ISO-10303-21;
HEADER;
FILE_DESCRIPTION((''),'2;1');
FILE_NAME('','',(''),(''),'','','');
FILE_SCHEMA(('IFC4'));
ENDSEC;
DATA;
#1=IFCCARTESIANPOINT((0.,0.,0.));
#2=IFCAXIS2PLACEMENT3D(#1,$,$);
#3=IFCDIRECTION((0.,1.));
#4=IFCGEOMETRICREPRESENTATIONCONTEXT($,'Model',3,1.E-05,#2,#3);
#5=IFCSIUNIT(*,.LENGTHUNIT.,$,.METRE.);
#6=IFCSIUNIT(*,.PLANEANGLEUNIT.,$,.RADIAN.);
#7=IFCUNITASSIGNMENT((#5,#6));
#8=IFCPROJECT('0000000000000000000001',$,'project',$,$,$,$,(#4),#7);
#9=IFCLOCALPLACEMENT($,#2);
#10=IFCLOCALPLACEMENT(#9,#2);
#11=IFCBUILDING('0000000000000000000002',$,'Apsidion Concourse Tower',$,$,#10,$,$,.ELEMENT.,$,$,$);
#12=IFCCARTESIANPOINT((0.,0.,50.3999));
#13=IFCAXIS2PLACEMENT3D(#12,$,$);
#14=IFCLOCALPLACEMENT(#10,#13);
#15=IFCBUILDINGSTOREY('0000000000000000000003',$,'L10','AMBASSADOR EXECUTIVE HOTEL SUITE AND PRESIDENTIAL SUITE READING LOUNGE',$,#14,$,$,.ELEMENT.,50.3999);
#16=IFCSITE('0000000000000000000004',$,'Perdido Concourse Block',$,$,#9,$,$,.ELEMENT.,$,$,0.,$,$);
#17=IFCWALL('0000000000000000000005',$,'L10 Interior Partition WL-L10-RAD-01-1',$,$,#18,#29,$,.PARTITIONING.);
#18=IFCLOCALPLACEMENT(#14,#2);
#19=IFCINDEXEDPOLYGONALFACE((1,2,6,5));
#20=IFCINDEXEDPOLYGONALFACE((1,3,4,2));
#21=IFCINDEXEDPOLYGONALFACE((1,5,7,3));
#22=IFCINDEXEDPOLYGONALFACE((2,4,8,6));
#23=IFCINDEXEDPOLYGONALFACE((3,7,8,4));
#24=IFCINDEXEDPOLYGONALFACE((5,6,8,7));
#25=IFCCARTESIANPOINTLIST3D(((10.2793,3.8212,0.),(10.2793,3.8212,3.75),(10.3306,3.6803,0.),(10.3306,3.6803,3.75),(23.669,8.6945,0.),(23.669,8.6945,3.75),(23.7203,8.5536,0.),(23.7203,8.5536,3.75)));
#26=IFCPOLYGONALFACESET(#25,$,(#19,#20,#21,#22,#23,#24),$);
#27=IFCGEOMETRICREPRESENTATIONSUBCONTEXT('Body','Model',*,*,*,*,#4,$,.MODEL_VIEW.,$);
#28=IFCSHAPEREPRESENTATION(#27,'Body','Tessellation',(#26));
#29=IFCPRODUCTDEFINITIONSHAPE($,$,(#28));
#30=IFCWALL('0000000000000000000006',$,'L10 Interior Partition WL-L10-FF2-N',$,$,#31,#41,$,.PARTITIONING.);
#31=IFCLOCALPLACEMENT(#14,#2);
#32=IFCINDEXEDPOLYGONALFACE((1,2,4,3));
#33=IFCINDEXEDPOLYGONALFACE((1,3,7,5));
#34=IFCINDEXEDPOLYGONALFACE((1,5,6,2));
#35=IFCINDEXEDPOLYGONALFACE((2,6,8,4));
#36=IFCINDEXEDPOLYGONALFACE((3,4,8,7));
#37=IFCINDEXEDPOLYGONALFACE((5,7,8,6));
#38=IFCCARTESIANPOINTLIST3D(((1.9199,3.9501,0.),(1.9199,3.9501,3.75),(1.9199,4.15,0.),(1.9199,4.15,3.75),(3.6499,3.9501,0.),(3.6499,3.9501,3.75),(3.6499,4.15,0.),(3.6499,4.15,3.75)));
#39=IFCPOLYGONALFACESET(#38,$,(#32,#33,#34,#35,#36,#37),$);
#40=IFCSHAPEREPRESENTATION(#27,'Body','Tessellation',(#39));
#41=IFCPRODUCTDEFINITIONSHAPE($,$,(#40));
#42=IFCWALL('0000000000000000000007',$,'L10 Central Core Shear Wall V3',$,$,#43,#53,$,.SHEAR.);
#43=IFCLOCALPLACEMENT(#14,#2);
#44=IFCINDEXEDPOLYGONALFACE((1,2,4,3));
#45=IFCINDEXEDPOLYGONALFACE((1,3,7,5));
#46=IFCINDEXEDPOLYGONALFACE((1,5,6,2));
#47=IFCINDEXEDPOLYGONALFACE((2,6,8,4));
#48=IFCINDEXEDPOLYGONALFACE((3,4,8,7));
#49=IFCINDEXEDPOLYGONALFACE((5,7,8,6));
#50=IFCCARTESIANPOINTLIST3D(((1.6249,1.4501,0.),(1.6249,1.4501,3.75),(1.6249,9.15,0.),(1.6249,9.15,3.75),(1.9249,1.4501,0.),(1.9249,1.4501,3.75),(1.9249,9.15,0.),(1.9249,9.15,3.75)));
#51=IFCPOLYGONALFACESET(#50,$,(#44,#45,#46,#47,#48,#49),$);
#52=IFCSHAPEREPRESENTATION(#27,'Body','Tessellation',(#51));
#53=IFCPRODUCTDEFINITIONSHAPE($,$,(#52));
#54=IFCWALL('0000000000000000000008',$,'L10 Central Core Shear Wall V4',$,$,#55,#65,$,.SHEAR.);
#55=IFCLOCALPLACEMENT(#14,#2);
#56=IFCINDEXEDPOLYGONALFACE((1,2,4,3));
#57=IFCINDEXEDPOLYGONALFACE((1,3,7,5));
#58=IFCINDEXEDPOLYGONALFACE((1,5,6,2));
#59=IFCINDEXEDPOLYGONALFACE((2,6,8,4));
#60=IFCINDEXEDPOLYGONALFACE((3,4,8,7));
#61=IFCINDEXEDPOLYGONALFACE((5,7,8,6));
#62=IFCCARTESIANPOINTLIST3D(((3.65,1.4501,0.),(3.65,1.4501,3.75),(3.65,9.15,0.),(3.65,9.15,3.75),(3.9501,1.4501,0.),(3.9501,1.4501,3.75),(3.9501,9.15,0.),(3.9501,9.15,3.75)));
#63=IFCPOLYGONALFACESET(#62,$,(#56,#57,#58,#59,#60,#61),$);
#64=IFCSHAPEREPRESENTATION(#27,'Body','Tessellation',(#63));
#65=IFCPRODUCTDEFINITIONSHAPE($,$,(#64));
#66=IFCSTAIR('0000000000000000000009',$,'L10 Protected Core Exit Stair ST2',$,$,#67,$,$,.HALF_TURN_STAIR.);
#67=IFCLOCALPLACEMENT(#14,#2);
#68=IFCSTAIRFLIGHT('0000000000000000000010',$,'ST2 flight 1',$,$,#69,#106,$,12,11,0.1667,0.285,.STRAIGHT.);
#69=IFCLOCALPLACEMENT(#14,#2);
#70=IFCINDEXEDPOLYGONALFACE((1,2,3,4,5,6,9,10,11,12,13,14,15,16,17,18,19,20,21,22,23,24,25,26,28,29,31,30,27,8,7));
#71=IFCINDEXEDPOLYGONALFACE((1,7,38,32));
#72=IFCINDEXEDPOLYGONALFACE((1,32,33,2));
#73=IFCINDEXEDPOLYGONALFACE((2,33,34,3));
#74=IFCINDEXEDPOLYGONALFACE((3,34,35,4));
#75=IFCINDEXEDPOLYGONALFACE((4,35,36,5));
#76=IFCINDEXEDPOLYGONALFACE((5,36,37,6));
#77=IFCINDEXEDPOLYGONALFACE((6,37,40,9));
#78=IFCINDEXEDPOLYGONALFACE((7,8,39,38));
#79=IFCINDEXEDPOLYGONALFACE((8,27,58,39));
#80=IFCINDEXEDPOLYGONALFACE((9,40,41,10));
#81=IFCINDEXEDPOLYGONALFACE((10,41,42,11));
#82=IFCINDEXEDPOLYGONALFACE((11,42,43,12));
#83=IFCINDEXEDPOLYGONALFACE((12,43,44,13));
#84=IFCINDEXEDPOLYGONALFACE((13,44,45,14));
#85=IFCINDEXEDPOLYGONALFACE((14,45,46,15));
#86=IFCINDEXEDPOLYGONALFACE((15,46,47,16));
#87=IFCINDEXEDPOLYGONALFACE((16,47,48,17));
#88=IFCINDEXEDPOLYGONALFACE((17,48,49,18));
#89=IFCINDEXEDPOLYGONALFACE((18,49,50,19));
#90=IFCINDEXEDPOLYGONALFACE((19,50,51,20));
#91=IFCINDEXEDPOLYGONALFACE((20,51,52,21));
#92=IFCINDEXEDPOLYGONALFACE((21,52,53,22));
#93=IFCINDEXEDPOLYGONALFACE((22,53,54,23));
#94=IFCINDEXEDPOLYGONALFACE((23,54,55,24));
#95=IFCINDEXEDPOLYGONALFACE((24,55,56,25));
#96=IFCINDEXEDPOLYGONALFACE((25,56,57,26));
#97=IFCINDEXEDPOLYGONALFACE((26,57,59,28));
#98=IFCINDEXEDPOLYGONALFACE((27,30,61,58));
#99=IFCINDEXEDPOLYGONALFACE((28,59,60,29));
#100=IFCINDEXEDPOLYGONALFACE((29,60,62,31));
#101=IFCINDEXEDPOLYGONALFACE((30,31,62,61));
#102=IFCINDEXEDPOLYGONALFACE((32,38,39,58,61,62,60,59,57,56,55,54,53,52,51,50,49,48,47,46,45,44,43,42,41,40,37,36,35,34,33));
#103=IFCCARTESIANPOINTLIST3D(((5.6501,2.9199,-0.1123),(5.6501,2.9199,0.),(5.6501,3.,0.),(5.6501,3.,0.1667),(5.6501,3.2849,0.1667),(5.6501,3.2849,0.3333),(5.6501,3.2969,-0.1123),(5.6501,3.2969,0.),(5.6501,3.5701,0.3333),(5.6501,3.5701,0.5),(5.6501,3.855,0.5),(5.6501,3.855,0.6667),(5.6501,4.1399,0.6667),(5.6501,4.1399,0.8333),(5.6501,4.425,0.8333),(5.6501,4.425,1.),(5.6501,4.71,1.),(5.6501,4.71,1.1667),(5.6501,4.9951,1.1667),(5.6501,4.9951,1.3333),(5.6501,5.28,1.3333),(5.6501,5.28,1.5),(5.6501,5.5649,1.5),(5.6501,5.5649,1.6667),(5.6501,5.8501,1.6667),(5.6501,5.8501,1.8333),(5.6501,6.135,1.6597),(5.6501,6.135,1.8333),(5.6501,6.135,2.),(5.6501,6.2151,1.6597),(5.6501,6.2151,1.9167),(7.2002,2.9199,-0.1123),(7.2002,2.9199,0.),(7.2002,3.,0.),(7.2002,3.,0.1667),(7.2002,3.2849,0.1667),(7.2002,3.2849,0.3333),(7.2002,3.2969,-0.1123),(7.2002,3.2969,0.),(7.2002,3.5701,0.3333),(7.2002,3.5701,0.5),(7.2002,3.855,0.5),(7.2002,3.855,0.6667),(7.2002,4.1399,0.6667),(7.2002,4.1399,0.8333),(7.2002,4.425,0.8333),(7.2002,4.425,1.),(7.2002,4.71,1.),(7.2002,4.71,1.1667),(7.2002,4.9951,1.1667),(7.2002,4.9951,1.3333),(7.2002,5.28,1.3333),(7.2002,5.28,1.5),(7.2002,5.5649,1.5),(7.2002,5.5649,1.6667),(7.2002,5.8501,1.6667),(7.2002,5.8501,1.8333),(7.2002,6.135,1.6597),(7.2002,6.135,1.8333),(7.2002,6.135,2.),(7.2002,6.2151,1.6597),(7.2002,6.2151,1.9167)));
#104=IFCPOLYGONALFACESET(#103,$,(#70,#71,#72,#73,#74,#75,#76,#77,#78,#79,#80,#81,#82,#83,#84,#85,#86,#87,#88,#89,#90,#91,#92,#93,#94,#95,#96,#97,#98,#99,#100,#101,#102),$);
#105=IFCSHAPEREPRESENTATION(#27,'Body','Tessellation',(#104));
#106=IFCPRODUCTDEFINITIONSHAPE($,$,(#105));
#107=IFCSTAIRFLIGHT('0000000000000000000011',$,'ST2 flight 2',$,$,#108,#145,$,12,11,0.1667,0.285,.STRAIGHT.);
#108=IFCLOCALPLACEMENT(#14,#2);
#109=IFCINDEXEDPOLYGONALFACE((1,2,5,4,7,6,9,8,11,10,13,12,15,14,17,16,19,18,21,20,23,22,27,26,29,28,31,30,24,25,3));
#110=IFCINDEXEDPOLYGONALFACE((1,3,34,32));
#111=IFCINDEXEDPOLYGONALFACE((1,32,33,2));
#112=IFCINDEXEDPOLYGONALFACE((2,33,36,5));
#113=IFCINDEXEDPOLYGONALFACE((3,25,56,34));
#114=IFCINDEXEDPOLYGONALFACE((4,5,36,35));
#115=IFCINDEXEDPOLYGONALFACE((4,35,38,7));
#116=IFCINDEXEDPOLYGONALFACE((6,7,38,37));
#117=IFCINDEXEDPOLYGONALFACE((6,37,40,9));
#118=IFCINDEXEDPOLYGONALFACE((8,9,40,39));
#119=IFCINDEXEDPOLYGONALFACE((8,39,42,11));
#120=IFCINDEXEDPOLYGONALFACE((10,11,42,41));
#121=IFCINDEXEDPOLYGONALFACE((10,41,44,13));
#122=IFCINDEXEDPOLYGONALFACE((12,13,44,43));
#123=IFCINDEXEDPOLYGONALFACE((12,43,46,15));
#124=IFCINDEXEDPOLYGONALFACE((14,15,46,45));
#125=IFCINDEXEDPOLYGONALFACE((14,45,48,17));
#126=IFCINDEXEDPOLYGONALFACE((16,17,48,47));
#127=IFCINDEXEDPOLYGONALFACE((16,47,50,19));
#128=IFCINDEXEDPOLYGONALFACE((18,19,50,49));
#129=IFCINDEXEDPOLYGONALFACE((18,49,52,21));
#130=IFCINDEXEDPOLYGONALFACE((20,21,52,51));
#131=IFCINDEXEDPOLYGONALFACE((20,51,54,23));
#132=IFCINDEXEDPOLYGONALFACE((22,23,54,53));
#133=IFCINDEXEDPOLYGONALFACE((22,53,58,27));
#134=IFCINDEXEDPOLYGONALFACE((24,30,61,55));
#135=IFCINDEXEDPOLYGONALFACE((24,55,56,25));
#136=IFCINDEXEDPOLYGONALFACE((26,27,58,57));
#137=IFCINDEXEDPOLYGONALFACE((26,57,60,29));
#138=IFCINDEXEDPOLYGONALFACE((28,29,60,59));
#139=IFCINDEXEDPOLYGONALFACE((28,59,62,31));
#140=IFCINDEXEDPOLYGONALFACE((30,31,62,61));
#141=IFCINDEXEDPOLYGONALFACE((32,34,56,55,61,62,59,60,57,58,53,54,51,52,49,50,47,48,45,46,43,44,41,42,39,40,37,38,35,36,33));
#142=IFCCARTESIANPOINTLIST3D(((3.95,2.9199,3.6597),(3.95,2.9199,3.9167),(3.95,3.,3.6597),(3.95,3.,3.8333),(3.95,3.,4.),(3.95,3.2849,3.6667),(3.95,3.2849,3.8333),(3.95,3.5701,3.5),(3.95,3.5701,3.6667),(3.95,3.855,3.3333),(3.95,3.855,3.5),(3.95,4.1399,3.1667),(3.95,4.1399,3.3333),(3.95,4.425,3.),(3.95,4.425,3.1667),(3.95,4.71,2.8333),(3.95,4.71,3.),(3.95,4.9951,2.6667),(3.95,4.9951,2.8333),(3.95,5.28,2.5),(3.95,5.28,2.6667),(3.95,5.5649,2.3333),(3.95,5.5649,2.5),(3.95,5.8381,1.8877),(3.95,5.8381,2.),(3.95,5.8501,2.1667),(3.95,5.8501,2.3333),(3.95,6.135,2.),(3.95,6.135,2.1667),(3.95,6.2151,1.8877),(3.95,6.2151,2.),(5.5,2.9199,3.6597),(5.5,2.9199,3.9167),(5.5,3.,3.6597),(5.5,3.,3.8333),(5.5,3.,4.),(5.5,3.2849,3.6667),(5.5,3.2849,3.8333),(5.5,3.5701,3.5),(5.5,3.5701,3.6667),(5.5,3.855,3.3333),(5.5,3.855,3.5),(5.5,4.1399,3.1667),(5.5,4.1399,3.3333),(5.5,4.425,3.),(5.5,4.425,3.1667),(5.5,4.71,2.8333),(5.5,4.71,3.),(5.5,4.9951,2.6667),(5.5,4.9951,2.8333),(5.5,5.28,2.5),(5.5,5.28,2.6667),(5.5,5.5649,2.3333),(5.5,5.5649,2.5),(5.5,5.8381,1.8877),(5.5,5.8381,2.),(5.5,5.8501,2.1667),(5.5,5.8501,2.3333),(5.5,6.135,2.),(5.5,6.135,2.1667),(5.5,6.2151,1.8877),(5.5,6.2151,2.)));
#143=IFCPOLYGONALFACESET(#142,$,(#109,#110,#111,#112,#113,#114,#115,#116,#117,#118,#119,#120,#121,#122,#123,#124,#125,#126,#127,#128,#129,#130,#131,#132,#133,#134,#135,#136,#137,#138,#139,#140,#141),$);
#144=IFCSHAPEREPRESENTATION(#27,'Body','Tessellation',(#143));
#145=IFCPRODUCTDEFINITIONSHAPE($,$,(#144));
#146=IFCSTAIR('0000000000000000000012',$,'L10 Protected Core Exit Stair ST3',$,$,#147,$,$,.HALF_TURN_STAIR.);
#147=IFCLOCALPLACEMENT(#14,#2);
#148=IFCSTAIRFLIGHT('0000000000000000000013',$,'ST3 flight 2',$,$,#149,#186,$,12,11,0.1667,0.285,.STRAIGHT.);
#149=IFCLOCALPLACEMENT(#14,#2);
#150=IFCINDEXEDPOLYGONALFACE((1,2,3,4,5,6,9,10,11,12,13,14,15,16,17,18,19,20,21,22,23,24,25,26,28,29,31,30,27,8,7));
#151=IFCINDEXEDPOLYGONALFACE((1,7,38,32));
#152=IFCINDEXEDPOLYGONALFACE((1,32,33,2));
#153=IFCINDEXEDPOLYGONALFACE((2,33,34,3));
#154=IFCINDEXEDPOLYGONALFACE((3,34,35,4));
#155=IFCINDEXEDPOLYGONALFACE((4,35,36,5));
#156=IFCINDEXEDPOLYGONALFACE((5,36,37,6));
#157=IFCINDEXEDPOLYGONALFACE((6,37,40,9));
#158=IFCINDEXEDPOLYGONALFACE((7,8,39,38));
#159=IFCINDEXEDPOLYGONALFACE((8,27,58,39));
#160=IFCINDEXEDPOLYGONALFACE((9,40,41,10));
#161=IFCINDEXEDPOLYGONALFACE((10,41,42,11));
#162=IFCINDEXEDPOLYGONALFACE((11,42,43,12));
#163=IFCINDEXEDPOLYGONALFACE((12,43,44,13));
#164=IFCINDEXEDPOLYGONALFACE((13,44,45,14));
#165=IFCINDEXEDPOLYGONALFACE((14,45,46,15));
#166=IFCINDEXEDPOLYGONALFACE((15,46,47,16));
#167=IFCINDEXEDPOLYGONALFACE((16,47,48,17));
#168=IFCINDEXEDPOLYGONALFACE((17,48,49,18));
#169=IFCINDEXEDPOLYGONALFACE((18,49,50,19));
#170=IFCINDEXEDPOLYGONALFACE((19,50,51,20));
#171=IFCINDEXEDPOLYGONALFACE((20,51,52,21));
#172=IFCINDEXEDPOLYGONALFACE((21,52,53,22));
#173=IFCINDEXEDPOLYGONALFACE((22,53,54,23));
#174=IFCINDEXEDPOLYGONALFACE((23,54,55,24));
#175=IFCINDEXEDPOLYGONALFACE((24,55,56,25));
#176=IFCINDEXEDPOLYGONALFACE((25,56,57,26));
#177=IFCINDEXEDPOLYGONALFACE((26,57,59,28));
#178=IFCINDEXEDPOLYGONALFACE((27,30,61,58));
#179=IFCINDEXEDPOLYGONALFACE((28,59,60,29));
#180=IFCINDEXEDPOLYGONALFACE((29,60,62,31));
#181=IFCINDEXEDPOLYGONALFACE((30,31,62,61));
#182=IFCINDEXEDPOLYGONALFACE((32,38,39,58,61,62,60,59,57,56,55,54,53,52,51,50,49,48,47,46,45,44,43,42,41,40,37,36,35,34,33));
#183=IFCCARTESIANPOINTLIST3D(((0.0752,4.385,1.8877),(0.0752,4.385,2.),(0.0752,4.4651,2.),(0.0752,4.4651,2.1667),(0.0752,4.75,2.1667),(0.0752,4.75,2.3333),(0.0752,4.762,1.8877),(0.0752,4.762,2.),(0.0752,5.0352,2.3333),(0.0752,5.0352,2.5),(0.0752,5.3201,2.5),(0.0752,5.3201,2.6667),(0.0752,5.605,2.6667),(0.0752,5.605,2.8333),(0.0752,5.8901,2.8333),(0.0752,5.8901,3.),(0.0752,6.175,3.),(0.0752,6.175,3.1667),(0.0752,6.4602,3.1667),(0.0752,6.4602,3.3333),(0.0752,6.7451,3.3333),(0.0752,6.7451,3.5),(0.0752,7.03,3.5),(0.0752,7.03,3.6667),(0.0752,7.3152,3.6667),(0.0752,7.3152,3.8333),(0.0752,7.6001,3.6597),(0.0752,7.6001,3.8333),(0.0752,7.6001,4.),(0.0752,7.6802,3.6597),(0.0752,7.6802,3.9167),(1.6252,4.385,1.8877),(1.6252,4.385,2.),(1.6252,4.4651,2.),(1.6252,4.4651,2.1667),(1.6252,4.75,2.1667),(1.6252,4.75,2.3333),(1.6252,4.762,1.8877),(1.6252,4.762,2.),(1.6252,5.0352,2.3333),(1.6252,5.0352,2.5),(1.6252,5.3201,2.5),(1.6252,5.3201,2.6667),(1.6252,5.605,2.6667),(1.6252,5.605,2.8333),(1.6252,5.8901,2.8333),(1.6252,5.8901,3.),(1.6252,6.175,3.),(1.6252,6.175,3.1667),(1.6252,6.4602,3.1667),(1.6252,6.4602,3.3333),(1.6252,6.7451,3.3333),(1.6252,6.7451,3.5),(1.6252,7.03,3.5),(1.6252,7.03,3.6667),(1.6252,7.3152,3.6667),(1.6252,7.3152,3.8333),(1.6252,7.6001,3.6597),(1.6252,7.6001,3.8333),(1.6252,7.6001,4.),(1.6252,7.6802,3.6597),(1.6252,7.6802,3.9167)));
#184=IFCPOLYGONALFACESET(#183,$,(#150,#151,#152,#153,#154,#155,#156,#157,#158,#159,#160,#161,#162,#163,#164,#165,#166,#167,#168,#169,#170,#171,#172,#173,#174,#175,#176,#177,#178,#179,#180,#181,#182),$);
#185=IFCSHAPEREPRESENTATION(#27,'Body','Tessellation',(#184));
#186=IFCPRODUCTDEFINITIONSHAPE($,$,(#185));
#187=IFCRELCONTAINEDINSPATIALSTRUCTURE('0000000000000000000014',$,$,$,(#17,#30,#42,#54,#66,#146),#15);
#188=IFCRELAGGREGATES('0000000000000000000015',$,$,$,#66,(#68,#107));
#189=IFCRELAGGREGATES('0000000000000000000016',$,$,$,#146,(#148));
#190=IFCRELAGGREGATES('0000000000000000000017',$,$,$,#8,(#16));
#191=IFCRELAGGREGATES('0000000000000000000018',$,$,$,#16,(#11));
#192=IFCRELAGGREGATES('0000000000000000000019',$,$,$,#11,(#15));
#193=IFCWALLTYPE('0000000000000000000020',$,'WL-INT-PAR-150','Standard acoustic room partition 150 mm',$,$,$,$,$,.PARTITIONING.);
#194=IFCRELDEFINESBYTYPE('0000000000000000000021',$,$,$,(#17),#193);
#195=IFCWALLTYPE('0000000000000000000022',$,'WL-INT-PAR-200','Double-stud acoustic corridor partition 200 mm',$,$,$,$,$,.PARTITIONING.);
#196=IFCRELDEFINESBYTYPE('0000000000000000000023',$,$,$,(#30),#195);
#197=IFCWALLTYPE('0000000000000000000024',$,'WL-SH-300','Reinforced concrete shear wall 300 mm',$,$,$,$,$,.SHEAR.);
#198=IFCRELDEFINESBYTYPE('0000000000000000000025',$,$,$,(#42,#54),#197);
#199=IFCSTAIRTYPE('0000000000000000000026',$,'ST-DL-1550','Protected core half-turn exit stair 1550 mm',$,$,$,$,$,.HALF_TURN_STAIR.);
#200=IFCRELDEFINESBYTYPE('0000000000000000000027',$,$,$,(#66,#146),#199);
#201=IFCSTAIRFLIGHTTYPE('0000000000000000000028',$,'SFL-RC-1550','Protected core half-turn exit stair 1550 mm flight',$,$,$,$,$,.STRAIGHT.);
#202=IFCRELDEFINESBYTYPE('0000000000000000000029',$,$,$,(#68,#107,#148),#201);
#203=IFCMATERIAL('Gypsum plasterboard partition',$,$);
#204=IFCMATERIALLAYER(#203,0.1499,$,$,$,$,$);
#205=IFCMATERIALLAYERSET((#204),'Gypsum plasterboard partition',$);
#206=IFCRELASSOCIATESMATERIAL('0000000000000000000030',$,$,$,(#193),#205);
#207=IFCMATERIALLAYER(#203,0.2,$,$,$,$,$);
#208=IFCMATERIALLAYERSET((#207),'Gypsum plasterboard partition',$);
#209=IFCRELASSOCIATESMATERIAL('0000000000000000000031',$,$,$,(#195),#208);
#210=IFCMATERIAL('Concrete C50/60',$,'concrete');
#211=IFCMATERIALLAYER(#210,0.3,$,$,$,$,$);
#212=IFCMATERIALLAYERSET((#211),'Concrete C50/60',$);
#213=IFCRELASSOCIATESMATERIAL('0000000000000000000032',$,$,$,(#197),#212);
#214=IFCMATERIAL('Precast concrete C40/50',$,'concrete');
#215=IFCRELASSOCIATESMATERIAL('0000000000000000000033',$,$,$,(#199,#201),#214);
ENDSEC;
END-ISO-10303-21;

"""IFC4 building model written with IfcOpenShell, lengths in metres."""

from ifc_helpers import new_model, si_unit, direction, frame, frame_2d, origin, place, context, subcontext, project, spatial, polyline, rectangle, outline, extrude, material, layer, layer_set, type_object, element, aggregate, save


model = new_model("IFC4")

# Units and contexts
model_context = context("Model", 3, precision=1e-05, world=origin(), true_north=direction((0.0, 1.0)))
body_context = subcontext(model_context, "Body", "Model", "MODEL_VIEW")
ifc_project = project(units=[si_unit("LENGTHUNIT", "METRE"), si_unit("PLANEANGLEUNIT", "RADIAN")], contexts=[model_context])

# Site, building, storey
site_placement = place(None, origin())
site = spatial("IfcSite", under=ifc_project, at=site_placement, Name="Perdido Concourse Block", CompositionType="ELEMENT", RefElevation=0.0)
building_placement = place(site_placement, origin())
building = spatial("IfcBuilding", under=site, at=building_placement, Name="Apsidion Concourse Tower", CompositionType="ELEMENT")
storey_placement = place(building_placement, frame((0.0, 0.0, 50.3999)))
storey = spatial("IfcBuildingStorey", under=building, at=storey_placement, Name="L10", Description="AMBASSADOR EXECUTIVE HOTEL SUITE AND PRESIDENTIAL SUITE READING LOUNGE", CompositionType="ELEMENT", Elevation=50.3999)

# Shared definitions
ifc_material_1 = material(Name="Concrete C50/60", Category="concrete")

# Walls
ifc_material_2 = material(Name="Gypsum plasterboard partition")
ifc_layer_1 = layer(ifc_material_2, 0.1499)
ifc_layer_set_1 = layer_set([ifc_layer_1], Name="Gypsum plasterboard partition")
wall_type_1 = type_object("IfcWallType", Name="WL-INT-PAR-150", Description="Standard acoustic room partition 150 mm", PredefinedType="PARTITIONING", material=ifc_layer_set_1)
wall_1_placement = place(storey_placement, frame((10.3049, 3.7507, 0.0), z_axis=(0.0, 0.0, 1.0), x_axis=(0.939696, 0.342011, 0.0)))
element("IfcWall", 1, at=wall_1_placement, inside=storey, type_object=wall_type_1, Name="L10 Interior Partition WL-L10-RAD-01-1", PredefinedType="PARTITIONING", context=body_context, shape_type="SweptSolid", body=[
    extrude(rectangle(XDim=14.249, YDim=0.1499, at=frame_2d((7.1245, 0.0))), origin(), (0.0, 0.0, 1.0), 3.75),
])
ifc_layer_2 = layer(ifc_material_2, 0.2)
ifc_layer_set_2 = layer_set([ifc_layer_2], Name="Gypsum plasterboard partition")
wall_type_2 = type_object("IfcWallType", Name="WL-INT-PAR-200", Description="Double-stud acoustic corridor partition 200 mm", PredefinedType="PARTITIONING", material=ifc_layer_set_2)
wall_2_placement = place(storey_placement, frame((1.9199, 4.05, 0.0), z_axis=(0.0, 0.0, 1.0), x_axis=(1.0, 0.0, 0.0)))
element("IfcWall", 2, at=wall_2_placement, inside=storey, type_object=wall_type_2, Name="L10 Interior Partition WL-L10-FF2-N", PredefinedType="PARTITIONING", context=body_context, shape_type="SweptSolid", body=[
    extrude(rectangle(XDim=1.73, YDim=0.2, at=frame_2d((0.865, 0.0))), origin(), (0.0, 0.0, 1.0), 3.75),
])
ifc_layer_3 = layer(ifc_material_1, 0.3)
ifc_layer_set_3 = layer_set([ifc_layer_3], Name="Concrete C50/60")
wall_type_3 = type_object("IfcWallType", Name="WL-SH-300", Description="Reinforced concrete shear wall 300 mm", PredefinedType="SHEAR", material=ifc_layer_set_3)
for number, where, z_axis, x_axis, name in (
    (3, (1.7749, 1.45, 0.0), (0.0, 0.0, 1.0), (0.0, 1.0, 0.0), "L10 Central Core Shear Wall V3"),
    (4, (3.8, 1.45, 0.0), (0.0, 0.0, 1.0), (0.0, 1.0, 0.0), "L10 Central Core Shear Wall V4"),
):
    element("IfcWall", number, at=place(storey_placement, frame(where, z_axis=z_axis, x_axis=x_axis)), inside=storey, type_object=wall_type_3, Name=name, PredefinedType="SHEAR", context=body_context, shape_type="SweptSolid", body=[
        extrude(rectangle(XDim=7.7, YDim=0.3, at=frame_2d((3.8501, 0.0))), origin(), (0.0, 0.0, 1.0), 3.75),
    ])

# Stair, stair flights
ifc_material_3 = material(Name="Precast concrete C40/50", Category="concrete")
stair_type = type_object("IfcStairType", Name="ST-DL-1550", Description="Protected core half-turn exit stair 1550 mm", PredefinedType="HALF_TURN_STAIR", material=ifc_material_3)
stair_1_placement = place(storey_placement, origin())
stair_1 = element("IfcStair", 5, at=stair_1_placement, inside=storey, type_object=stair_type, Name="L10 Protected Core Exit Stair ST2", PredefinedType="HALF_TURN_STAIR")
stair_flight_type = type_object("IfcStairFlightType", Name="SFL-RC-1550", Description="Protected core half-turn exit stair 1550 mm flight", PredefinedType="STRAIGHT", material=ifc_material_3)
stair_flight_1_placement = place(storey_placement, frame((6.425, 3.0, 0.0), z_axis=(0.0, 0.0, 1.0), x_axis=(0.0, 1.0, 0.0)))
stair_flight_1 = element("IfcStairFlight", 6, at=stair_flight_1_placement, type_object=stair_flight_type, Name="ST2 flight 1", NumberOfRisers=12, NumberOfTreads=11, PredefinedType="STRAIGHT", RiserHeight=0.1667, TreadLength=0.285, context=body_context, shape_type="SweptSolid", body=[
    extrude(outline(polyline([(-0.0801, -0.1123), (-0.0801, 0.0), (0.0, 0.0), (0.0, 0.1667), (0.2849, 0.1667), (0.2849, 0.3333), (0.5701, 0.3333), (0.5701, 0.5), (0.855, 0.5), (0.855, 0.6667), (1.1399, 0.6667), (1.1399, 0.8333), (1.425, 0.8333), (1.425, 1.0), (1.71, 1.0), (1.71, 1.1667), (1.9951, 1.1667), (1.9951, 1.3333), (2.28, 1.3333), (2.28, 1.5), (2.5649, 1.5), (2.5649, 1.6667), (2.8501, 1.6667), (2.8501, 1.8333), (3.135, 1.8333), (3.135, 2.0), (3.2151, 1.9167), (3.2151, 1.6597), (3.135, 1.6597), (0.2969, 0.0), (0.2969, -0.1123), (-0.0801, -0.1123)])), frame((0.0, 0.7749, 0.0), z_axis=(0.0, -1.0, 0.0), x_axis=(1.0, 0.0, 0.0)), (0.0, 0.0, 1.0), 1.55),
])
stair_flight_2_placement = place(storey_placement, frame((4.7251, 6.135, 2.0), z_axis=(0.0, 0.0, 1.0), x_axis=(0.0, -1.0, 0.0)))
stair_flight_2 = element("IfcStairFlight", 7, at=stair_flight_2_placement, type_object=stair_flight_type, Name="ST2 flight 2", NumberOfRisers=12, NumberOfTreads=11, PredefinedType="STRAIGHT", RiserHeight=0.1667, TreadLength=0.285, context=body_context, shape_type="SweptSolid", body=[
    extrude(outline(polyline([(-0.0801, -0.1123), (-0.0801, 0.0), (0.0, 0.0), (0.0, 0.1667), (0.2849, 0.1667), (0.2849, 0.3333), (0.5701, 0.3333), (0.5701, 0.5), (0.855, 0.5), (0.855, 0.6667), (1.1399, 0.6667), (1.1399, 0.8333), (1.425, 0.8333), (1.425, 1.0), (1.71, 1.0), (1.71, 1.1667), (1.9951, 1.1667), (1.9951, 1.3333), (2.28, 1.3333), (2.28, 1.5), (2.5649, 1.5), (2.5649, 1.6667), (2.8501, 1.6667), (2.8501, 1.8333), (3.135, 1.8333), (3.135, 2.0), (3.2151, 1.9167), (3.2151, 1.6597), (3.135, 1.6597), (0.2969, 0.0), (0.2969, -0.1123), (-0.0801, -0.1123)])), frame((0.0, 0.7749, 0.0), z_axis=(0.0, -1.0, 0.0), x_axis=(1.0, 0.0, 0.0)), (0.0, 0.0, 1.0), 1.55),
])
aggregate(stair_1, [stair_flight_1, stair_flight_2])

# Stair, stair flight
stair_2_placement = place(storey_placement, origin())
stair_2 = element("IfcStair", 8, at=stair_2_placement, inside=storey, type_object=stair_type, Name="L10 Protected Core Exit Stair ST3", PredefinedType="HALF_TURN_STAIR")
stair_flight_3_placement = place(storey_placement, frame((0.8501, 4.4651, 2.0), z_axis=(0.0, 0.0, 1.0), x_axis=(0.0, 1.0, 0.0)))
stair_flight_3 = element("IfcStairFlight", 9, at=stair_flight_3_placement, type_object=stair_flight_type, Name="ST3 flight 2", NumberOfRisers=12, NumberOfTreads=11, PredefinedType="STRAIGHT", RiserHeight=0.1667, TreadLength=0.285, context=body_context, shape_type="SweptSolid", body=[
    extrude(outline(polyline([(-0.0801, -0.1123), (-0.0801, 0.0), (0.0, 0.0), (0.0, 0.1667), (0.2849, 0.1667), (0.2849, 0.3333), (0.5701, 0.3333), (0.5701, 0.5), (0.855, 0.5), (0.855, 0.6667), (1.1399, 0.6667), (1.1399, 0.8333), (1.425, 0.8333), (1.425, 1.0), (1.71, 1.0), (1.71, 1.1667), (1.9951, 1.1667), (1.9951, 1.3333), (2.28, 1.3333), (2.28, 1.5), (2.5649, 1.5), (2.5649, 1.6667), (2.8501, 1.6667), (2.8501, 1.8333), (3.135, 1.8333), (3.135, 2.0), (3.2151, 1.9167), (3.2151, 1.6597), (3.135, 1.6597), (0.2969, 0.0), (0.2969, -0.1123), (-0.0801, -0.1123)])), frame((0.0, 0.7749, 0.0), z_axis=(0.0, -1.0, 0.0), x_axis=(1.0, 0.0, 0.0)), (0.0, 0.0, 1.0), 1.55),
])
aggregate(stair_2, [stair_flight_3])

save(model, "model.ifc")
